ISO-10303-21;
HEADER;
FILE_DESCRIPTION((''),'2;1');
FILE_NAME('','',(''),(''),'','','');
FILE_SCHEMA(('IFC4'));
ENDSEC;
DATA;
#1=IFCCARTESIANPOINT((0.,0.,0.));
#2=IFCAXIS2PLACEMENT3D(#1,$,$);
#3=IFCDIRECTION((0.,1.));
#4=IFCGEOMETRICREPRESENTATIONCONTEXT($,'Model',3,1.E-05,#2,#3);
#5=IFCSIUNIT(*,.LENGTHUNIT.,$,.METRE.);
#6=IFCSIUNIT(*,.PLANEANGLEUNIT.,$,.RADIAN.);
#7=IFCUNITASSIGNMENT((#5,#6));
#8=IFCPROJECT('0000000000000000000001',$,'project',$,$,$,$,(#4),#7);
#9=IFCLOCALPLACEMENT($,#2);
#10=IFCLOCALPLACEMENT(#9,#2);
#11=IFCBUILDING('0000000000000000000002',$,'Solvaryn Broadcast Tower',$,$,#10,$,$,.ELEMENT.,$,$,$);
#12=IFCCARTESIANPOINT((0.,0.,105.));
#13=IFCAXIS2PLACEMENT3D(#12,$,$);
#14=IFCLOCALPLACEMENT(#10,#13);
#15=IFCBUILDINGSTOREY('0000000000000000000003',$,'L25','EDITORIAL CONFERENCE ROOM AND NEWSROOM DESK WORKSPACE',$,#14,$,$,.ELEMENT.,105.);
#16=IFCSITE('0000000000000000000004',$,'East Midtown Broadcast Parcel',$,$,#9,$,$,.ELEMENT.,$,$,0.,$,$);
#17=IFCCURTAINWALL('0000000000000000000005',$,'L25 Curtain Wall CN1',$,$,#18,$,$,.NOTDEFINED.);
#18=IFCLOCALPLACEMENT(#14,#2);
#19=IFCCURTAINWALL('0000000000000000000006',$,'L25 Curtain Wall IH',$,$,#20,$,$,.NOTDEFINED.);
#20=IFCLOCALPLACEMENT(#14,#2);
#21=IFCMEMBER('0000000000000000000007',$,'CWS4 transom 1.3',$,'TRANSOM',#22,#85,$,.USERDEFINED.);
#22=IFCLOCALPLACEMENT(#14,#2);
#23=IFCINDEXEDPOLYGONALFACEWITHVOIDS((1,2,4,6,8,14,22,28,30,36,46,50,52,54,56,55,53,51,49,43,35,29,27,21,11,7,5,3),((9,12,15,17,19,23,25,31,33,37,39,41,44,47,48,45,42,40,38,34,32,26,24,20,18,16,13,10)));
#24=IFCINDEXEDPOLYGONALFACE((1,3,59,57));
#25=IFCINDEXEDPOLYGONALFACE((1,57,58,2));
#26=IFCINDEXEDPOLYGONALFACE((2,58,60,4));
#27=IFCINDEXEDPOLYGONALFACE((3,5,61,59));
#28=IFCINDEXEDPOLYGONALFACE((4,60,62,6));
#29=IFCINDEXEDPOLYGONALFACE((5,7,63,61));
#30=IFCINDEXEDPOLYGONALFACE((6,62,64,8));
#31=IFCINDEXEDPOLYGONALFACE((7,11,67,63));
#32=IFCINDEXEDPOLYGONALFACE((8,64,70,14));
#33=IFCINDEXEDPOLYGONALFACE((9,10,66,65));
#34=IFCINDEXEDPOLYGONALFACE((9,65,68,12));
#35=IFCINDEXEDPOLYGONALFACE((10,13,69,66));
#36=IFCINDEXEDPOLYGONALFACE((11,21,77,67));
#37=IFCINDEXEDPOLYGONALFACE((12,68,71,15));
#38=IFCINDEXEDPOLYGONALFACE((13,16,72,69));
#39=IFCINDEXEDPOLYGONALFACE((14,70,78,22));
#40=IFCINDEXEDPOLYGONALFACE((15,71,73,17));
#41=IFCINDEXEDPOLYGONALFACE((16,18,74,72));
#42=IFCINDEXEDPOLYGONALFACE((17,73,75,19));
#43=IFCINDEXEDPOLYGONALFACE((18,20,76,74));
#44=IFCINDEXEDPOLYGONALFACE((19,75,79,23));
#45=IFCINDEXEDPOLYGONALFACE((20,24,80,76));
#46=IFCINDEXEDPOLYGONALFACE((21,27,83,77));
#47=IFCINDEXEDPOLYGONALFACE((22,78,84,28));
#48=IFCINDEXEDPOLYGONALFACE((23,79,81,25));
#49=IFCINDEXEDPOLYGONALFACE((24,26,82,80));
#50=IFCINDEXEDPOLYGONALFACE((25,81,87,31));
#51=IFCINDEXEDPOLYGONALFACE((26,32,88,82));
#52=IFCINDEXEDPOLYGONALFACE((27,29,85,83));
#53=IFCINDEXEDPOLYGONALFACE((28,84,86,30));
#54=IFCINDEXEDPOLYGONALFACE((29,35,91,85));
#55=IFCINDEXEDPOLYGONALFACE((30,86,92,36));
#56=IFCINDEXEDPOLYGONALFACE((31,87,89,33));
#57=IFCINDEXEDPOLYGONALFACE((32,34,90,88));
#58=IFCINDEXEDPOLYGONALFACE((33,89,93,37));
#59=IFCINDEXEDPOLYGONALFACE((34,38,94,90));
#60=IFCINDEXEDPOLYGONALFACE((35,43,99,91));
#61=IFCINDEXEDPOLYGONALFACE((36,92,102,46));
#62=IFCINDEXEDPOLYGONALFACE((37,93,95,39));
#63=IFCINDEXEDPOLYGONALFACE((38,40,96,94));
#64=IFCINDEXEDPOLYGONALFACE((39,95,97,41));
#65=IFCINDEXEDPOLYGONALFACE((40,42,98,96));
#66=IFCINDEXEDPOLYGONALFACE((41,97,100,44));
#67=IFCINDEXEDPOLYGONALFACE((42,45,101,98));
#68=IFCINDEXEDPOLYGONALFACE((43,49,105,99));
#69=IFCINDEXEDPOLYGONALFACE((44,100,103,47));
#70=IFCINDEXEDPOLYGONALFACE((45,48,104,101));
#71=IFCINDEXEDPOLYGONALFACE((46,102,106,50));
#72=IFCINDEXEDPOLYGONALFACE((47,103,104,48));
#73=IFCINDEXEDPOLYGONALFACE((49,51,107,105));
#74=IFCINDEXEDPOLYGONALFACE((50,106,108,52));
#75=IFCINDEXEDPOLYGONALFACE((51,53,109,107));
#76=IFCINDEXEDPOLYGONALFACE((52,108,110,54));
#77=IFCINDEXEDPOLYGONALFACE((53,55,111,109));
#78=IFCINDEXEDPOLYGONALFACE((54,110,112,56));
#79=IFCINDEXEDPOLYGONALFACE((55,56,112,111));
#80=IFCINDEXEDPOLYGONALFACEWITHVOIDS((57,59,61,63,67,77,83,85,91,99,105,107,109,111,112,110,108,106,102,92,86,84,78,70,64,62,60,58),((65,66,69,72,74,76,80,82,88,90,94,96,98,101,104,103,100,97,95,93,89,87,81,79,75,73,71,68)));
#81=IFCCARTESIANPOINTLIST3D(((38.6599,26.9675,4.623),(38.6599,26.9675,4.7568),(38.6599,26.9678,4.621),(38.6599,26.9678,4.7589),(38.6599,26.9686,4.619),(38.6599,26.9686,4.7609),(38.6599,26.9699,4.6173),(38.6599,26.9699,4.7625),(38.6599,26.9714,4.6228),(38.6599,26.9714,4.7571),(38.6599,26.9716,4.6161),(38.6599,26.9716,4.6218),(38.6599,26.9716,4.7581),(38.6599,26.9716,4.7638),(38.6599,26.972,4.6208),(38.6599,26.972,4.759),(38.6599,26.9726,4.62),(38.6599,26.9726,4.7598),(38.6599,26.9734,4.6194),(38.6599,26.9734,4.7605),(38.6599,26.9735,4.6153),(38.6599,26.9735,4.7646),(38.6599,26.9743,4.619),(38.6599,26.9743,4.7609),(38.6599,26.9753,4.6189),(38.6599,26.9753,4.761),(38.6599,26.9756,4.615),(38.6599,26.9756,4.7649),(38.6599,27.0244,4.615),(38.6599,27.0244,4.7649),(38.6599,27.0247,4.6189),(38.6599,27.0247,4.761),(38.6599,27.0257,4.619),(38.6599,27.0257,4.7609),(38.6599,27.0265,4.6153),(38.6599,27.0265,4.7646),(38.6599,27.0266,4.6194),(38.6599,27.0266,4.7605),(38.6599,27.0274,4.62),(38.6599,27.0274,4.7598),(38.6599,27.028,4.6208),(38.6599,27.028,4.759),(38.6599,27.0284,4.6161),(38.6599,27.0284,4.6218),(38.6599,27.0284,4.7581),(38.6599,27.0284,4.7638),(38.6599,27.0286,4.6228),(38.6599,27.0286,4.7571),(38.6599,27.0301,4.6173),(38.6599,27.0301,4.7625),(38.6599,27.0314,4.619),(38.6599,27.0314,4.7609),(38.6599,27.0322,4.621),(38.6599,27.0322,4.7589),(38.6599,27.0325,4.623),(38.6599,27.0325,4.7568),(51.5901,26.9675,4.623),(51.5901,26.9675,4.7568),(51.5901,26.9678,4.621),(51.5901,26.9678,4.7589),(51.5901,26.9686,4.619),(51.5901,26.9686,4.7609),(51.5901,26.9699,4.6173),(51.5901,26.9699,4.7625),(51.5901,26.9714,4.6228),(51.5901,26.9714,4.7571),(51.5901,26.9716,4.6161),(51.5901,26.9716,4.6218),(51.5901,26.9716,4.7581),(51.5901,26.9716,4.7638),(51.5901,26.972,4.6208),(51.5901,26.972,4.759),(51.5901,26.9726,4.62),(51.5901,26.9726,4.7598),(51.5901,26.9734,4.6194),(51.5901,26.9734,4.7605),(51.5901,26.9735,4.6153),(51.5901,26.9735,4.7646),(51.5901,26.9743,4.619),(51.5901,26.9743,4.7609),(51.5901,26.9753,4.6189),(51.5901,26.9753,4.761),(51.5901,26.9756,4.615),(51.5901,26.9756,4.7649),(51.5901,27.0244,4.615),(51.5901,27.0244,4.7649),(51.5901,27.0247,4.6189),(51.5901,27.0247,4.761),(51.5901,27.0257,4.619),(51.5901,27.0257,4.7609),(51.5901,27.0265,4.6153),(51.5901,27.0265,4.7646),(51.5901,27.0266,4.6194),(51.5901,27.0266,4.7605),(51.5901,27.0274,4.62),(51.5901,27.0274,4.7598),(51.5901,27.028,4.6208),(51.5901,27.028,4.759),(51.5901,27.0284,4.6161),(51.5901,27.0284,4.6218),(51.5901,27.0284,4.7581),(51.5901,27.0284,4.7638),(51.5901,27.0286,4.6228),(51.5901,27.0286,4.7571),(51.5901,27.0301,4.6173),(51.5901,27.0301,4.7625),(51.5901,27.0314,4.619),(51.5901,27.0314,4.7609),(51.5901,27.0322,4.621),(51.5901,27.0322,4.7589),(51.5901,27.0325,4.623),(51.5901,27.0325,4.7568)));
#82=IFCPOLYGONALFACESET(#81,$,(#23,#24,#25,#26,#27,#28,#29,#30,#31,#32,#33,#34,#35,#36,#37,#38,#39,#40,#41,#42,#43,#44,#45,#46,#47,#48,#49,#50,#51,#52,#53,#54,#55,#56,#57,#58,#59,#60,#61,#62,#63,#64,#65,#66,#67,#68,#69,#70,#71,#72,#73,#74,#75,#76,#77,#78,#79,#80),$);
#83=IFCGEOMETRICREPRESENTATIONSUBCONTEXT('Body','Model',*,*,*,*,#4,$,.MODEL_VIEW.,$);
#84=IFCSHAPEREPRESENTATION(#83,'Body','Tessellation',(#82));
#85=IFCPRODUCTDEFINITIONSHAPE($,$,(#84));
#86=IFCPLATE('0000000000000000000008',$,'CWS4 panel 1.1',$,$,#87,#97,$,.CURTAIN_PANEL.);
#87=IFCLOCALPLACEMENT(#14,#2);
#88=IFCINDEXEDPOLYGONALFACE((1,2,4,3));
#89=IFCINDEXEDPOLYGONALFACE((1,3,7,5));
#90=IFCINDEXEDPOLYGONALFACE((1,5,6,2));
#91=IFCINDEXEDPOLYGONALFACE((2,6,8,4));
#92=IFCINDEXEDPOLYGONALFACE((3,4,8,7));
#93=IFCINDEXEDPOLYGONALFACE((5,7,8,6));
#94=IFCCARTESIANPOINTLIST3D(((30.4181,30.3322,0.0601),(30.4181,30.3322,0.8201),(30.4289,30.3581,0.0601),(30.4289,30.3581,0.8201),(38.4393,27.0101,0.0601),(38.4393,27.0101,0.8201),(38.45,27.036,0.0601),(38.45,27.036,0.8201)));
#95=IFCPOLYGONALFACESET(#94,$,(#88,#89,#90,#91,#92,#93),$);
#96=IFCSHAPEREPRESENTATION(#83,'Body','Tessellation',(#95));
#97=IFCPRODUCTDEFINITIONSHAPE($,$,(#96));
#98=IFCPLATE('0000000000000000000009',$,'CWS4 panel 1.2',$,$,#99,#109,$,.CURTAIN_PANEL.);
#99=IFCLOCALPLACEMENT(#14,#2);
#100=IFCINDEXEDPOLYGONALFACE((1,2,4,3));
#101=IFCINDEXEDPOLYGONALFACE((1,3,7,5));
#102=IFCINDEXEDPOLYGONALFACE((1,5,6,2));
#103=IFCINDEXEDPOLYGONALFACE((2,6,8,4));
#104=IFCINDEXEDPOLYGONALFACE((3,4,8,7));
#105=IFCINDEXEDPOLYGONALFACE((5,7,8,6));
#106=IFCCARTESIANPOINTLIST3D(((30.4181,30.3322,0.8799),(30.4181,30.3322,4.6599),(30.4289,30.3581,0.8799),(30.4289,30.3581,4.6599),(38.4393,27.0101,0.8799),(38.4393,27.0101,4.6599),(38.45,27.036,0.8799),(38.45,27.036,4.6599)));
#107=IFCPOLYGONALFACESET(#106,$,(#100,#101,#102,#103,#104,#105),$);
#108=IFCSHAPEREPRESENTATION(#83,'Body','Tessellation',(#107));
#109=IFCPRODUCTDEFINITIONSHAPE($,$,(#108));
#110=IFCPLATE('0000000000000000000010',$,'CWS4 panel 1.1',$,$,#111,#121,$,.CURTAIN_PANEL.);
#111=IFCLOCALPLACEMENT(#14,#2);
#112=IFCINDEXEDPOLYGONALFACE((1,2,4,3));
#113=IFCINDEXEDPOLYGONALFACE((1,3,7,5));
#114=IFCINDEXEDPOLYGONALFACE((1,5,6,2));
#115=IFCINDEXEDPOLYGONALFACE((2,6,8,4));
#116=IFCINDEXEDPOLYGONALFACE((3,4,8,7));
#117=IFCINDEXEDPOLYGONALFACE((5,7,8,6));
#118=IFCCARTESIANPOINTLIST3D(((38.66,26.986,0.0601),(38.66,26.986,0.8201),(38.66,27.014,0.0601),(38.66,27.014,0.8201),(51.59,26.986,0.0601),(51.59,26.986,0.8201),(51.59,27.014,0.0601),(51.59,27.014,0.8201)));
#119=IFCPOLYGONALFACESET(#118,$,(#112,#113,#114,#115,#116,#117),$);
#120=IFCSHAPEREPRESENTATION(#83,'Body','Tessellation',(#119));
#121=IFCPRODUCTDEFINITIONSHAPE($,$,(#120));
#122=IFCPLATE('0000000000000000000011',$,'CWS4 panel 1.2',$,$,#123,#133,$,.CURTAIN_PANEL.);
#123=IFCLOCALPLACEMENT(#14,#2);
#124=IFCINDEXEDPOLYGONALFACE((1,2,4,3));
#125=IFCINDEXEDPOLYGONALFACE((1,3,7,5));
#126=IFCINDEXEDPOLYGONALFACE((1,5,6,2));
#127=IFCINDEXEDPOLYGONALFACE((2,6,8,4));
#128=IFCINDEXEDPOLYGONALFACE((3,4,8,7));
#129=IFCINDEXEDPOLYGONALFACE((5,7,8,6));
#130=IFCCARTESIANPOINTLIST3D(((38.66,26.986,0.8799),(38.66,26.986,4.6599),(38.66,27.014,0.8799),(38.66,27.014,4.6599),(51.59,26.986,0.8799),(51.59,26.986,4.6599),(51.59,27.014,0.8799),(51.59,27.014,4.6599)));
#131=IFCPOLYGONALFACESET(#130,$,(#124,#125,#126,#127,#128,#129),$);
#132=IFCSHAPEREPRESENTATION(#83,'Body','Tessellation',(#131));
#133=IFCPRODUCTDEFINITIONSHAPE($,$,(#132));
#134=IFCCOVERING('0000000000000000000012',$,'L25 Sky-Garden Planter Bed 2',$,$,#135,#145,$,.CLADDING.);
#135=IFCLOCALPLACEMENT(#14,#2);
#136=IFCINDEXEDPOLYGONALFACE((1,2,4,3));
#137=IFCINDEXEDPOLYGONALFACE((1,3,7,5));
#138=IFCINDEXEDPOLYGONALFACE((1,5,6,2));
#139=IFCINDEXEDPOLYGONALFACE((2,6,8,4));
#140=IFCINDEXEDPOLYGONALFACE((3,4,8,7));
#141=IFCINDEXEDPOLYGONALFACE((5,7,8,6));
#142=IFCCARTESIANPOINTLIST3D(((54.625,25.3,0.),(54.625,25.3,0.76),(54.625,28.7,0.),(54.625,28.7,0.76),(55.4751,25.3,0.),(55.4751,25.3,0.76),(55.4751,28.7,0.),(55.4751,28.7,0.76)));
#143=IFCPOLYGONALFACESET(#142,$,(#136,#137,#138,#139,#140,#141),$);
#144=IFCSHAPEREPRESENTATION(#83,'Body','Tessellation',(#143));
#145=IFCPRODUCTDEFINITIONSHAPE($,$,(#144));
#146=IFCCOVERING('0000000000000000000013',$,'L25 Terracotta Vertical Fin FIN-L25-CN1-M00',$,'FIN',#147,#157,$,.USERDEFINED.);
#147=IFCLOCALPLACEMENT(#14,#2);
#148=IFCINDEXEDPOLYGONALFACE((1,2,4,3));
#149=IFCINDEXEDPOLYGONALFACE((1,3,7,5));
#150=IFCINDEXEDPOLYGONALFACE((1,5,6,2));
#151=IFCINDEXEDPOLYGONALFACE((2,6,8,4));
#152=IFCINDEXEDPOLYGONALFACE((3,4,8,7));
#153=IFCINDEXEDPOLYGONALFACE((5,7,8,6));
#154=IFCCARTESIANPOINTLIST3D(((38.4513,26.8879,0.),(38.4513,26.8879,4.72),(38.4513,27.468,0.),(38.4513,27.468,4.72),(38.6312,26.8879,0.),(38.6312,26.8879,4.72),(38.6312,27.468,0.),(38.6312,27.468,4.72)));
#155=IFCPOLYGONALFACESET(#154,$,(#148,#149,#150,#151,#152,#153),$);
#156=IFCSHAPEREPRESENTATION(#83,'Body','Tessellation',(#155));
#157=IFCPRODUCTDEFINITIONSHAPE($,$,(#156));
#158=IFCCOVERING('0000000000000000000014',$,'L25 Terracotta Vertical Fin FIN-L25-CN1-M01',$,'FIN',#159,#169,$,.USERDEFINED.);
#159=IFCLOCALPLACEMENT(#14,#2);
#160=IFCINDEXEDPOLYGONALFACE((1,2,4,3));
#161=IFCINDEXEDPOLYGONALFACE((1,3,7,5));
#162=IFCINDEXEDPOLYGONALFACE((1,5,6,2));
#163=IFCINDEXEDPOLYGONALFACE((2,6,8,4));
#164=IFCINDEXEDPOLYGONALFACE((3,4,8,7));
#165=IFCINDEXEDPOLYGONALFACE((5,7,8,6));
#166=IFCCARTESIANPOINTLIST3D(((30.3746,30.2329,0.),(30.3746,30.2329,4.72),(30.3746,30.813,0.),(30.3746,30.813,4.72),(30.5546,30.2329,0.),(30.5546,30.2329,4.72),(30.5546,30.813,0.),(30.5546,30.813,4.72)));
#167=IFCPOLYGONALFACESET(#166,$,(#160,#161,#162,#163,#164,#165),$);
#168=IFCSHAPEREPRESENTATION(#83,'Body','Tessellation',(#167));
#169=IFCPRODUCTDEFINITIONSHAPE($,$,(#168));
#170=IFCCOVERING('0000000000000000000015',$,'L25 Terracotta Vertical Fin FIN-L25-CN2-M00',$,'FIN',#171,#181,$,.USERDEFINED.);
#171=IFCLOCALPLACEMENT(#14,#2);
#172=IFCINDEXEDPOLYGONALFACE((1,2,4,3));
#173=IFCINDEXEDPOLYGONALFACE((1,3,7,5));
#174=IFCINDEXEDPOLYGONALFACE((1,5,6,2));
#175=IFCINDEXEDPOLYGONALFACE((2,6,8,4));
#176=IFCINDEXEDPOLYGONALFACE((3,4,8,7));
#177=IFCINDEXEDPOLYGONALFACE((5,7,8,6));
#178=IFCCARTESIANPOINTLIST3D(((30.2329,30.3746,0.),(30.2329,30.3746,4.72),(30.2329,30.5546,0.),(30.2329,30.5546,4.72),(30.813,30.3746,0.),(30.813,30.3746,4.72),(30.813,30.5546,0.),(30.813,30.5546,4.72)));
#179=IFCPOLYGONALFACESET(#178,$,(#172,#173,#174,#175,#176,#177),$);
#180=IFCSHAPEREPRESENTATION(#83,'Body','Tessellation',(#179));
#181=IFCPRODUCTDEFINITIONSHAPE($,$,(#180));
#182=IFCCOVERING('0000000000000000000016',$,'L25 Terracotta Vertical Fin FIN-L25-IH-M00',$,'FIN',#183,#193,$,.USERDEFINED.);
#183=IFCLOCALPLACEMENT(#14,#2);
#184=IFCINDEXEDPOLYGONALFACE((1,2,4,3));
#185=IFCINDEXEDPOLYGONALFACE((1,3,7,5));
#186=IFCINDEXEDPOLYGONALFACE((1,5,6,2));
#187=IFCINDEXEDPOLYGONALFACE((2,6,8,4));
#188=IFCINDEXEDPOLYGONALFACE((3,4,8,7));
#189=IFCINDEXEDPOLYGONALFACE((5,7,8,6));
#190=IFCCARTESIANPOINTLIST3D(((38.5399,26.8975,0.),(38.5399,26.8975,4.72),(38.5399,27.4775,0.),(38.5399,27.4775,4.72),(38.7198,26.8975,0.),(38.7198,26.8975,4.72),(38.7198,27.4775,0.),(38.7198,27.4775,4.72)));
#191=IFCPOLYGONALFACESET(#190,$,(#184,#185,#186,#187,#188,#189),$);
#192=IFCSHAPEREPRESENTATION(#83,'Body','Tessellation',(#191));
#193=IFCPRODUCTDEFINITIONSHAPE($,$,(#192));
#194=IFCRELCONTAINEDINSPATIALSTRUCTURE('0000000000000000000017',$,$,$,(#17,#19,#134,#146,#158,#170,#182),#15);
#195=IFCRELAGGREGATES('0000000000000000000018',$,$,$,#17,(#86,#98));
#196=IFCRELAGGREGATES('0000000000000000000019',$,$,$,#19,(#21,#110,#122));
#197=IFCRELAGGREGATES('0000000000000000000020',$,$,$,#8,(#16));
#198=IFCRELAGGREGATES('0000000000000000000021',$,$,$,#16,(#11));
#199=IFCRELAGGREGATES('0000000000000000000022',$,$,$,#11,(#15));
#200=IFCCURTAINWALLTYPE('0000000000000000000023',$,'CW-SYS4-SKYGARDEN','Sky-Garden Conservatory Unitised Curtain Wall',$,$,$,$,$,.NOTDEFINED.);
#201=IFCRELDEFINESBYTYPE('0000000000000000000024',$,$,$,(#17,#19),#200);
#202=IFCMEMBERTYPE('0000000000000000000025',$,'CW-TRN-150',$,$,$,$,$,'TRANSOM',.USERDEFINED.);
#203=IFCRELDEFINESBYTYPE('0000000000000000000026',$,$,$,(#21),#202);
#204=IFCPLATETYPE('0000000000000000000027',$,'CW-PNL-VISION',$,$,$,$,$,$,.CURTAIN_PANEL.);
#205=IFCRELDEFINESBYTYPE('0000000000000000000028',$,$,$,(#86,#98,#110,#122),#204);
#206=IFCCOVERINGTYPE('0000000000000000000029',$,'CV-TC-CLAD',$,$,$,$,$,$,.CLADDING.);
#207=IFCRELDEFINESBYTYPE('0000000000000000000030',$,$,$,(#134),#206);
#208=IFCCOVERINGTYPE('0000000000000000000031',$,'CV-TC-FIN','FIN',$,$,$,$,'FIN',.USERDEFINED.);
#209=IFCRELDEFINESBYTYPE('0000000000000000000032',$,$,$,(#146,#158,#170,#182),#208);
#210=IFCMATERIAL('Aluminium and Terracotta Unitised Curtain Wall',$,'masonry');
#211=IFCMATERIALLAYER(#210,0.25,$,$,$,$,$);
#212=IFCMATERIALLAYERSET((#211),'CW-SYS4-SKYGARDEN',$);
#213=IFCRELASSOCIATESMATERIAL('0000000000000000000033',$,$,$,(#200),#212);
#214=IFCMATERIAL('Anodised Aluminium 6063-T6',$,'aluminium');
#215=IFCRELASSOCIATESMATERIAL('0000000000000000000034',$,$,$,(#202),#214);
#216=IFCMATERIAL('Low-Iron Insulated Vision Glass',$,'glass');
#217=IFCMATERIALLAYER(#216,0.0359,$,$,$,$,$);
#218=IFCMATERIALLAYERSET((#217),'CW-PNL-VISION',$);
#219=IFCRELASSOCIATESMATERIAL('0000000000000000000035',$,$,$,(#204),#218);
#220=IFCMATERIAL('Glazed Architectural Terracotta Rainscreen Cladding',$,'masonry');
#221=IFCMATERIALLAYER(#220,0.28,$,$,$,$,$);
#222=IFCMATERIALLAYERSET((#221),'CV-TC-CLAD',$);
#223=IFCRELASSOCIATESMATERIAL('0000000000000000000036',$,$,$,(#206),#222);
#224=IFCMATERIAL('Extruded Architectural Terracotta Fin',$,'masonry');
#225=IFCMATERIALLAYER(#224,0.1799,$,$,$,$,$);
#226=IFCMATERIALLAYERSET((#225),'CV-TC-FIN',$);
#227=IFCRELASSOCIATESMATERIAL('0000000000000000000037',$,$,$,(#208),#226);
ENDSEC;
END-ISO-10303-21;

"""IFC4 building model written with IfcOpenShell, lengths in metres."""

from ifc_helpers import new_model, si_unit, direction, frame, origin, origin_2d, place, context, subcontext, project, spatial, rectangle, hollow_rectangle, extrude, material, layer, layer_set, material_profile, profile_set, type_object, element, aggregate, save


model = new_model("IFC4")

# Units and contexts
model_context = context("Model", 3, precision=1e-05, world=origin(), true_north=direction((0.0, 1.0)))
body_context = subcontext(model_context, "Body", "Model", "MODEL_VIEW")
ifc_project = project(units=[si_unit("LENGTHUNIT", "METRE"), si_unit("PLANEANGLEUNIT", "RADIAN")], contexts=[model_context])

# Site, building, storey
site_placement = place(None, origin())
site = spatial("IfcSite", under=ifc_project, at=site_placement, Name="East Midtown Broadcast Parcel", CompositionType="ELEMENT", RefElevation=0.0)
building_placement = place(site_placement, origin())
building = spatial("IfcBuilding", under=site, at=building_placement, Name="Solvaryn Broadcast Tower", CompositionType="ELEMENT")
storey_placement = place(building_placement, frame((0.0, 0.0, 105.0)))
storey = spatial("IfcBuildingStorey", under=building, at=storey_placement, Name="L25", Description="EDITORIAL CONFERENCE ROOM AND NEWSROOM DESK WORKSPACE", CompositionType="ELEMENT", Elevation=105.0)

# Curtain wall
ifc_material_1 = material(Name="Aluminium and Terracotta Unitised Curtain Wall", Category="masonry")
ifc_layer_1 = layer(ifc_material_1, 0.25)
ifc_layer_set_1 = layer_set([ifc_layer_1], Name="CW-SYS4-SKYGARDEN")
curtain_wall_type = type_object("IfcCurtainWallType", Name="CW-SYS4-SKYGARDEN", Description="Sky-Garden Conservatory Unitised Curtain Wall", PredefinedType="NOTDEFINED", material=ifc_layer_set_1)
curtain_wall_1_placement = place(storey_placement, origin())
curtain_wall_1 = element("IfcCurtainWall", 1, at=curtain_wall_1_placement, inside=storey, type_object=curtain_wall_type, Name="L25 Curtain Wall CN1", PredefinedType="NOTDEFINED")

# Curtain wall
curtain_wall_2_placement = place(storey_placement, origin())
curtain_wall_2 = element("IfcCurtainWall", 2, at=curtain_wall_2_placement, inside=storey, type_object=curtain_wall_type, Name="L25 Curtain Wall IH", PredefinedType="NOTDEFINED")

# Member
ifc_material_2 = material(Name="Anodised Aluminium 6063-T6", Category="aluminium")
ifc_material_profile_1 = material_profile(ifc_material_2, hollow_rectangle(XDim=0.0649, YDim=0.1499, WallThickness=0.0039, InnerFilletRadius=0.0039, OuterFilletRadius=0.0081, at=origin_2d()))
ifc_profile_set_1 = profile_set([ifc_material_profile_1], Name="Anodised Aluminium 6063-T6")
member_type_1 = type_object("IfcMemberType", Name="CW-TRN-150", ElementType="TRANSOM", PredefinedType="USERDEFINED", material=ifc_profile_set_1)
member_1_placement = place(storey_placement, frame((38.6599, 27.0, 4.6899), z_axis=(1.0, 0.0, 0.0), x_axis=(0.0, 1.0, 0.0)))
member_1 = element("IfcMember", 3, at=member_1_placement, type_object=member_type_1, Name="CWS4 transom 1.3", ObjectType="TRANSOM", PredefinedType="USERDEFINED", context=body_context, shape_type="SweptSolid", body=[
    extrude(hollow_rectangle(XDim=0.0649, YDim=0.1499, WallThickness=0.0039, InnerFilletRadius=0.0039, OuterFilletRadius=0.0081, at=origin_2d()), origin(), (0.0, 0.0, 1.0), 12.9302),
])

# Plates
ifc_material_3 = material(Name="Low-Iron Insulated Vision Glass", Category="glass")
ifc_layer_2 = layer(ifc_material_3, 0.0359)
ifc_layer_set_2 = layer_set([ifc_layer_2], Name="CW-PNL-VISION")
plate_type = type_object("IfcPlateType", Name="CW-PNL-VISION", PredefinedType="CURTAIN_PANEL", material=ifc_layer_set_2)
plate_1_placement = place(storey_placement, frame((34.4341, 28.6841, 0.0601), z_axis=(0.0, 0.0, 1.0), x_axis=(-0.923895, 0.382646, 0.0)))
plate_1 = element("IfcPlate", 4, at=plate_1_placement, type_object=plate_type, Name="CWS4 panel 1.1", PredefinedType="CURTAIN_PANEL", context=body_context, shape_type="SweptSolid", body=[
    extrude(rectangle(XDim=8.6819, YDim=0.0281, at=origin_2d()), origin(), (0.0, 0.0, 1.0), 0.76),
])
plate_2_placement = place(storey_placement, frame((34.4341, 28.6841, 0.8799), z_axis=(0.0, 0.0, 1.0), x_axis=(-0.923895, 0.382646, 0.0)))
plate_2 = element("IfcPlate", 5, at=plate_2_placement, type_object=plate_type, Name="CWS4 panel 1.2", PredefinedType="CURTAIN_PANEL", context=body_context, shape_type="SweptSolid", body=[
    extrude(rectangle(XDim=8.6819, YDim=0.0281, at=origin_2d()), origin(), (0.0, 0.0, 1.0), 3.78),
])
aggregate(curtain_wall_1, [plate_1, plate_2])
plate_3_placement = place(storey_placement, frame((45.125, 27.0, 0.0601), z_axis=(0.0, 0.0, 1.0), x_axis=(1.0, 0.0, 0.0)))
plate_3 = element("IfcPlate", 6, at=plate_3_placement, type_object=plate_type, Name="CWS4 panel 1.1", PredefinedType="CURTAIN_PANEL", context=body_context, shape_type="SweptSolid", body=[
    extrude(rectangle(XDim=12.9299, YDim=0.0281, at=origin_2d()), origin(), (0.0, 0.0, 1.0), 0.76),
])
plate_4_placement = place(storey_placement, frame((45.125, 27.0, 0.8799), z_axis=(0.0, 0.0, 1.0), x_axis=(1.0, 0.0, 0.0)))
plate_4 = element("IfcPlate", 7, at=plate_4_placement, type_object=plate_type, Name="CWS4 panel 1.2", PredefinedType="CURTAIN_PANEL", context=body_context, shape_type="SweptSolid", body=[
    extrude(rectangle(XDim=12.9299, YDim=0.0281, at=origin_2d()), origin(), (0.0, 0.0, 1.0), 3.78),
])
aggregate(curtain_wall_2, [member_1, plate_3, plate_4])

# Coverings
ifc_material_4 = material(Name="Glazed Architectural Terracotta Rainscreen Cladding", Category="masonry")
ifc_layer_3 = layer(ifc_material_4, 0.28)
ifc_layer_set_3 = layer_set([ifc_layer_3], Name="CV-TC-CLAD")
covering_type_1 = type_object("IfcCoveringType", Name="CV-TC-CLAD", PredefinedType="CLADDING", material=ifc_layer_set_3)
covering_1_placement = place(storey_placement, frame((55.05, 27.0, 0.0), z_axis=(0.0, 0.0, 1.0), x_axis=(1.0, 0.0, 0.0)))
element("IfcCovering", 8, at=covering_1_placement, inside=storey, type_object=covering_type_1, Name="L25 Sky-Garden Planter Bed 2", PredefinedType="CLADDING", context=body_context, shape_type="SweptSolid", body=[
    extrude(rectangle(XDim=0.8501, YDim=3.3999, at=origin_2d()), origin(), (0.0, 0.0, 1.0), 0.76),
])
ifc_material_5 = material(Name="Extruded Architectural Terracotta Fin", Category="masonry")
ifc_layer_4 = layer(ifc_material_5, 0.1799)
ifc_layer_set_4 = layer_set([ifc_layer_4], Name="CV-TC-FIN")
covering_type_2 = type_object("IfcCoveringType", Name="CV-TC-FIN", Description="FIN", ElementType="FIN", PredefinedType="USERDEFINED", material=ifc_layer_set_4)
for number, where, z_axis, x_axis, name in (
    (9, (38.5413, 27.178, 0.0), (0.0, 0.0, 1.0), (1.0, 0.0, 0.0), "L25 Terracotta Vertical Fin FIN-L25-CN1-M00"),
    (10, (30.4646, 30.5229, 0.0), (0.0, 0.0, 1.0), (1.0, 0.0, 0.0), "L25 Terracotta Vertical Fin FIN-L25-CN1-M01"),
):
    element("IfcCovering", number, at=place(storey_placement, frame(where, z_axis=z_axis, x_axis=x_axis)), inside=storey, type_object=covering_type_2, Name=name, ObjectType="FIN", PredefinedType="USERDEFINED", context=body_context, shape_type="SweptSolid", body=[
        extrude(rectangle(XDim=0.1799, YDim=0.5801, at=origin_2d()), origin(), (0.0, 0.0, 1.0), 4.72),
    ])
covering_2_placement = place(storey_placement, frame((30.5229, 30.4646, 0.0), z_axis=(0.0, 0.0, 1.0), x_axis=(1.0, 0.0, 0.0)))
element("IfcCovering", 11, at=covering_2_placement, inside=storey, type_object=covering_type_2, Name="L25 Terracotta Vertical Fin FIN-L25-CN2-M00", ObjectType="FIN", PredefinedType="USERDEFINED", context=body_context, shape_type="SweptSolid", body=[
    extrude(rectangle(XDim=0.5801, YDim=0.1799, at=origin_2d()), origin(), (0.0, 0.0, 1.0), 4.72),
])
for number, where, z_axis, x_axis, name in (
    (12, (38.6299, 27.1875, 0.0), (0.0, 0.0, 1.0), (1.0, 0.0, 0.0), "L25 Terracotta Vertical Fin FIN-L25-IH-M00"),
):
    element("IfcCovering", number, at=place(storey_placement, frame(where, z_axis=z_axis, x_axis=x_axis)), inside=storey, type_object=covering_type_2, Name=name, ObjectType="FIN", PredefinedType="USERDEFINED", context=body_context, shape_type="SweptSolid", body=[
        extrude(rectangle(XDim=0.1799, YDim=0.5801, at=origin_2d()), origin(), (0.0, 0.0, 1.0), 4.72),
    ])

save(model, "model.ifc")
